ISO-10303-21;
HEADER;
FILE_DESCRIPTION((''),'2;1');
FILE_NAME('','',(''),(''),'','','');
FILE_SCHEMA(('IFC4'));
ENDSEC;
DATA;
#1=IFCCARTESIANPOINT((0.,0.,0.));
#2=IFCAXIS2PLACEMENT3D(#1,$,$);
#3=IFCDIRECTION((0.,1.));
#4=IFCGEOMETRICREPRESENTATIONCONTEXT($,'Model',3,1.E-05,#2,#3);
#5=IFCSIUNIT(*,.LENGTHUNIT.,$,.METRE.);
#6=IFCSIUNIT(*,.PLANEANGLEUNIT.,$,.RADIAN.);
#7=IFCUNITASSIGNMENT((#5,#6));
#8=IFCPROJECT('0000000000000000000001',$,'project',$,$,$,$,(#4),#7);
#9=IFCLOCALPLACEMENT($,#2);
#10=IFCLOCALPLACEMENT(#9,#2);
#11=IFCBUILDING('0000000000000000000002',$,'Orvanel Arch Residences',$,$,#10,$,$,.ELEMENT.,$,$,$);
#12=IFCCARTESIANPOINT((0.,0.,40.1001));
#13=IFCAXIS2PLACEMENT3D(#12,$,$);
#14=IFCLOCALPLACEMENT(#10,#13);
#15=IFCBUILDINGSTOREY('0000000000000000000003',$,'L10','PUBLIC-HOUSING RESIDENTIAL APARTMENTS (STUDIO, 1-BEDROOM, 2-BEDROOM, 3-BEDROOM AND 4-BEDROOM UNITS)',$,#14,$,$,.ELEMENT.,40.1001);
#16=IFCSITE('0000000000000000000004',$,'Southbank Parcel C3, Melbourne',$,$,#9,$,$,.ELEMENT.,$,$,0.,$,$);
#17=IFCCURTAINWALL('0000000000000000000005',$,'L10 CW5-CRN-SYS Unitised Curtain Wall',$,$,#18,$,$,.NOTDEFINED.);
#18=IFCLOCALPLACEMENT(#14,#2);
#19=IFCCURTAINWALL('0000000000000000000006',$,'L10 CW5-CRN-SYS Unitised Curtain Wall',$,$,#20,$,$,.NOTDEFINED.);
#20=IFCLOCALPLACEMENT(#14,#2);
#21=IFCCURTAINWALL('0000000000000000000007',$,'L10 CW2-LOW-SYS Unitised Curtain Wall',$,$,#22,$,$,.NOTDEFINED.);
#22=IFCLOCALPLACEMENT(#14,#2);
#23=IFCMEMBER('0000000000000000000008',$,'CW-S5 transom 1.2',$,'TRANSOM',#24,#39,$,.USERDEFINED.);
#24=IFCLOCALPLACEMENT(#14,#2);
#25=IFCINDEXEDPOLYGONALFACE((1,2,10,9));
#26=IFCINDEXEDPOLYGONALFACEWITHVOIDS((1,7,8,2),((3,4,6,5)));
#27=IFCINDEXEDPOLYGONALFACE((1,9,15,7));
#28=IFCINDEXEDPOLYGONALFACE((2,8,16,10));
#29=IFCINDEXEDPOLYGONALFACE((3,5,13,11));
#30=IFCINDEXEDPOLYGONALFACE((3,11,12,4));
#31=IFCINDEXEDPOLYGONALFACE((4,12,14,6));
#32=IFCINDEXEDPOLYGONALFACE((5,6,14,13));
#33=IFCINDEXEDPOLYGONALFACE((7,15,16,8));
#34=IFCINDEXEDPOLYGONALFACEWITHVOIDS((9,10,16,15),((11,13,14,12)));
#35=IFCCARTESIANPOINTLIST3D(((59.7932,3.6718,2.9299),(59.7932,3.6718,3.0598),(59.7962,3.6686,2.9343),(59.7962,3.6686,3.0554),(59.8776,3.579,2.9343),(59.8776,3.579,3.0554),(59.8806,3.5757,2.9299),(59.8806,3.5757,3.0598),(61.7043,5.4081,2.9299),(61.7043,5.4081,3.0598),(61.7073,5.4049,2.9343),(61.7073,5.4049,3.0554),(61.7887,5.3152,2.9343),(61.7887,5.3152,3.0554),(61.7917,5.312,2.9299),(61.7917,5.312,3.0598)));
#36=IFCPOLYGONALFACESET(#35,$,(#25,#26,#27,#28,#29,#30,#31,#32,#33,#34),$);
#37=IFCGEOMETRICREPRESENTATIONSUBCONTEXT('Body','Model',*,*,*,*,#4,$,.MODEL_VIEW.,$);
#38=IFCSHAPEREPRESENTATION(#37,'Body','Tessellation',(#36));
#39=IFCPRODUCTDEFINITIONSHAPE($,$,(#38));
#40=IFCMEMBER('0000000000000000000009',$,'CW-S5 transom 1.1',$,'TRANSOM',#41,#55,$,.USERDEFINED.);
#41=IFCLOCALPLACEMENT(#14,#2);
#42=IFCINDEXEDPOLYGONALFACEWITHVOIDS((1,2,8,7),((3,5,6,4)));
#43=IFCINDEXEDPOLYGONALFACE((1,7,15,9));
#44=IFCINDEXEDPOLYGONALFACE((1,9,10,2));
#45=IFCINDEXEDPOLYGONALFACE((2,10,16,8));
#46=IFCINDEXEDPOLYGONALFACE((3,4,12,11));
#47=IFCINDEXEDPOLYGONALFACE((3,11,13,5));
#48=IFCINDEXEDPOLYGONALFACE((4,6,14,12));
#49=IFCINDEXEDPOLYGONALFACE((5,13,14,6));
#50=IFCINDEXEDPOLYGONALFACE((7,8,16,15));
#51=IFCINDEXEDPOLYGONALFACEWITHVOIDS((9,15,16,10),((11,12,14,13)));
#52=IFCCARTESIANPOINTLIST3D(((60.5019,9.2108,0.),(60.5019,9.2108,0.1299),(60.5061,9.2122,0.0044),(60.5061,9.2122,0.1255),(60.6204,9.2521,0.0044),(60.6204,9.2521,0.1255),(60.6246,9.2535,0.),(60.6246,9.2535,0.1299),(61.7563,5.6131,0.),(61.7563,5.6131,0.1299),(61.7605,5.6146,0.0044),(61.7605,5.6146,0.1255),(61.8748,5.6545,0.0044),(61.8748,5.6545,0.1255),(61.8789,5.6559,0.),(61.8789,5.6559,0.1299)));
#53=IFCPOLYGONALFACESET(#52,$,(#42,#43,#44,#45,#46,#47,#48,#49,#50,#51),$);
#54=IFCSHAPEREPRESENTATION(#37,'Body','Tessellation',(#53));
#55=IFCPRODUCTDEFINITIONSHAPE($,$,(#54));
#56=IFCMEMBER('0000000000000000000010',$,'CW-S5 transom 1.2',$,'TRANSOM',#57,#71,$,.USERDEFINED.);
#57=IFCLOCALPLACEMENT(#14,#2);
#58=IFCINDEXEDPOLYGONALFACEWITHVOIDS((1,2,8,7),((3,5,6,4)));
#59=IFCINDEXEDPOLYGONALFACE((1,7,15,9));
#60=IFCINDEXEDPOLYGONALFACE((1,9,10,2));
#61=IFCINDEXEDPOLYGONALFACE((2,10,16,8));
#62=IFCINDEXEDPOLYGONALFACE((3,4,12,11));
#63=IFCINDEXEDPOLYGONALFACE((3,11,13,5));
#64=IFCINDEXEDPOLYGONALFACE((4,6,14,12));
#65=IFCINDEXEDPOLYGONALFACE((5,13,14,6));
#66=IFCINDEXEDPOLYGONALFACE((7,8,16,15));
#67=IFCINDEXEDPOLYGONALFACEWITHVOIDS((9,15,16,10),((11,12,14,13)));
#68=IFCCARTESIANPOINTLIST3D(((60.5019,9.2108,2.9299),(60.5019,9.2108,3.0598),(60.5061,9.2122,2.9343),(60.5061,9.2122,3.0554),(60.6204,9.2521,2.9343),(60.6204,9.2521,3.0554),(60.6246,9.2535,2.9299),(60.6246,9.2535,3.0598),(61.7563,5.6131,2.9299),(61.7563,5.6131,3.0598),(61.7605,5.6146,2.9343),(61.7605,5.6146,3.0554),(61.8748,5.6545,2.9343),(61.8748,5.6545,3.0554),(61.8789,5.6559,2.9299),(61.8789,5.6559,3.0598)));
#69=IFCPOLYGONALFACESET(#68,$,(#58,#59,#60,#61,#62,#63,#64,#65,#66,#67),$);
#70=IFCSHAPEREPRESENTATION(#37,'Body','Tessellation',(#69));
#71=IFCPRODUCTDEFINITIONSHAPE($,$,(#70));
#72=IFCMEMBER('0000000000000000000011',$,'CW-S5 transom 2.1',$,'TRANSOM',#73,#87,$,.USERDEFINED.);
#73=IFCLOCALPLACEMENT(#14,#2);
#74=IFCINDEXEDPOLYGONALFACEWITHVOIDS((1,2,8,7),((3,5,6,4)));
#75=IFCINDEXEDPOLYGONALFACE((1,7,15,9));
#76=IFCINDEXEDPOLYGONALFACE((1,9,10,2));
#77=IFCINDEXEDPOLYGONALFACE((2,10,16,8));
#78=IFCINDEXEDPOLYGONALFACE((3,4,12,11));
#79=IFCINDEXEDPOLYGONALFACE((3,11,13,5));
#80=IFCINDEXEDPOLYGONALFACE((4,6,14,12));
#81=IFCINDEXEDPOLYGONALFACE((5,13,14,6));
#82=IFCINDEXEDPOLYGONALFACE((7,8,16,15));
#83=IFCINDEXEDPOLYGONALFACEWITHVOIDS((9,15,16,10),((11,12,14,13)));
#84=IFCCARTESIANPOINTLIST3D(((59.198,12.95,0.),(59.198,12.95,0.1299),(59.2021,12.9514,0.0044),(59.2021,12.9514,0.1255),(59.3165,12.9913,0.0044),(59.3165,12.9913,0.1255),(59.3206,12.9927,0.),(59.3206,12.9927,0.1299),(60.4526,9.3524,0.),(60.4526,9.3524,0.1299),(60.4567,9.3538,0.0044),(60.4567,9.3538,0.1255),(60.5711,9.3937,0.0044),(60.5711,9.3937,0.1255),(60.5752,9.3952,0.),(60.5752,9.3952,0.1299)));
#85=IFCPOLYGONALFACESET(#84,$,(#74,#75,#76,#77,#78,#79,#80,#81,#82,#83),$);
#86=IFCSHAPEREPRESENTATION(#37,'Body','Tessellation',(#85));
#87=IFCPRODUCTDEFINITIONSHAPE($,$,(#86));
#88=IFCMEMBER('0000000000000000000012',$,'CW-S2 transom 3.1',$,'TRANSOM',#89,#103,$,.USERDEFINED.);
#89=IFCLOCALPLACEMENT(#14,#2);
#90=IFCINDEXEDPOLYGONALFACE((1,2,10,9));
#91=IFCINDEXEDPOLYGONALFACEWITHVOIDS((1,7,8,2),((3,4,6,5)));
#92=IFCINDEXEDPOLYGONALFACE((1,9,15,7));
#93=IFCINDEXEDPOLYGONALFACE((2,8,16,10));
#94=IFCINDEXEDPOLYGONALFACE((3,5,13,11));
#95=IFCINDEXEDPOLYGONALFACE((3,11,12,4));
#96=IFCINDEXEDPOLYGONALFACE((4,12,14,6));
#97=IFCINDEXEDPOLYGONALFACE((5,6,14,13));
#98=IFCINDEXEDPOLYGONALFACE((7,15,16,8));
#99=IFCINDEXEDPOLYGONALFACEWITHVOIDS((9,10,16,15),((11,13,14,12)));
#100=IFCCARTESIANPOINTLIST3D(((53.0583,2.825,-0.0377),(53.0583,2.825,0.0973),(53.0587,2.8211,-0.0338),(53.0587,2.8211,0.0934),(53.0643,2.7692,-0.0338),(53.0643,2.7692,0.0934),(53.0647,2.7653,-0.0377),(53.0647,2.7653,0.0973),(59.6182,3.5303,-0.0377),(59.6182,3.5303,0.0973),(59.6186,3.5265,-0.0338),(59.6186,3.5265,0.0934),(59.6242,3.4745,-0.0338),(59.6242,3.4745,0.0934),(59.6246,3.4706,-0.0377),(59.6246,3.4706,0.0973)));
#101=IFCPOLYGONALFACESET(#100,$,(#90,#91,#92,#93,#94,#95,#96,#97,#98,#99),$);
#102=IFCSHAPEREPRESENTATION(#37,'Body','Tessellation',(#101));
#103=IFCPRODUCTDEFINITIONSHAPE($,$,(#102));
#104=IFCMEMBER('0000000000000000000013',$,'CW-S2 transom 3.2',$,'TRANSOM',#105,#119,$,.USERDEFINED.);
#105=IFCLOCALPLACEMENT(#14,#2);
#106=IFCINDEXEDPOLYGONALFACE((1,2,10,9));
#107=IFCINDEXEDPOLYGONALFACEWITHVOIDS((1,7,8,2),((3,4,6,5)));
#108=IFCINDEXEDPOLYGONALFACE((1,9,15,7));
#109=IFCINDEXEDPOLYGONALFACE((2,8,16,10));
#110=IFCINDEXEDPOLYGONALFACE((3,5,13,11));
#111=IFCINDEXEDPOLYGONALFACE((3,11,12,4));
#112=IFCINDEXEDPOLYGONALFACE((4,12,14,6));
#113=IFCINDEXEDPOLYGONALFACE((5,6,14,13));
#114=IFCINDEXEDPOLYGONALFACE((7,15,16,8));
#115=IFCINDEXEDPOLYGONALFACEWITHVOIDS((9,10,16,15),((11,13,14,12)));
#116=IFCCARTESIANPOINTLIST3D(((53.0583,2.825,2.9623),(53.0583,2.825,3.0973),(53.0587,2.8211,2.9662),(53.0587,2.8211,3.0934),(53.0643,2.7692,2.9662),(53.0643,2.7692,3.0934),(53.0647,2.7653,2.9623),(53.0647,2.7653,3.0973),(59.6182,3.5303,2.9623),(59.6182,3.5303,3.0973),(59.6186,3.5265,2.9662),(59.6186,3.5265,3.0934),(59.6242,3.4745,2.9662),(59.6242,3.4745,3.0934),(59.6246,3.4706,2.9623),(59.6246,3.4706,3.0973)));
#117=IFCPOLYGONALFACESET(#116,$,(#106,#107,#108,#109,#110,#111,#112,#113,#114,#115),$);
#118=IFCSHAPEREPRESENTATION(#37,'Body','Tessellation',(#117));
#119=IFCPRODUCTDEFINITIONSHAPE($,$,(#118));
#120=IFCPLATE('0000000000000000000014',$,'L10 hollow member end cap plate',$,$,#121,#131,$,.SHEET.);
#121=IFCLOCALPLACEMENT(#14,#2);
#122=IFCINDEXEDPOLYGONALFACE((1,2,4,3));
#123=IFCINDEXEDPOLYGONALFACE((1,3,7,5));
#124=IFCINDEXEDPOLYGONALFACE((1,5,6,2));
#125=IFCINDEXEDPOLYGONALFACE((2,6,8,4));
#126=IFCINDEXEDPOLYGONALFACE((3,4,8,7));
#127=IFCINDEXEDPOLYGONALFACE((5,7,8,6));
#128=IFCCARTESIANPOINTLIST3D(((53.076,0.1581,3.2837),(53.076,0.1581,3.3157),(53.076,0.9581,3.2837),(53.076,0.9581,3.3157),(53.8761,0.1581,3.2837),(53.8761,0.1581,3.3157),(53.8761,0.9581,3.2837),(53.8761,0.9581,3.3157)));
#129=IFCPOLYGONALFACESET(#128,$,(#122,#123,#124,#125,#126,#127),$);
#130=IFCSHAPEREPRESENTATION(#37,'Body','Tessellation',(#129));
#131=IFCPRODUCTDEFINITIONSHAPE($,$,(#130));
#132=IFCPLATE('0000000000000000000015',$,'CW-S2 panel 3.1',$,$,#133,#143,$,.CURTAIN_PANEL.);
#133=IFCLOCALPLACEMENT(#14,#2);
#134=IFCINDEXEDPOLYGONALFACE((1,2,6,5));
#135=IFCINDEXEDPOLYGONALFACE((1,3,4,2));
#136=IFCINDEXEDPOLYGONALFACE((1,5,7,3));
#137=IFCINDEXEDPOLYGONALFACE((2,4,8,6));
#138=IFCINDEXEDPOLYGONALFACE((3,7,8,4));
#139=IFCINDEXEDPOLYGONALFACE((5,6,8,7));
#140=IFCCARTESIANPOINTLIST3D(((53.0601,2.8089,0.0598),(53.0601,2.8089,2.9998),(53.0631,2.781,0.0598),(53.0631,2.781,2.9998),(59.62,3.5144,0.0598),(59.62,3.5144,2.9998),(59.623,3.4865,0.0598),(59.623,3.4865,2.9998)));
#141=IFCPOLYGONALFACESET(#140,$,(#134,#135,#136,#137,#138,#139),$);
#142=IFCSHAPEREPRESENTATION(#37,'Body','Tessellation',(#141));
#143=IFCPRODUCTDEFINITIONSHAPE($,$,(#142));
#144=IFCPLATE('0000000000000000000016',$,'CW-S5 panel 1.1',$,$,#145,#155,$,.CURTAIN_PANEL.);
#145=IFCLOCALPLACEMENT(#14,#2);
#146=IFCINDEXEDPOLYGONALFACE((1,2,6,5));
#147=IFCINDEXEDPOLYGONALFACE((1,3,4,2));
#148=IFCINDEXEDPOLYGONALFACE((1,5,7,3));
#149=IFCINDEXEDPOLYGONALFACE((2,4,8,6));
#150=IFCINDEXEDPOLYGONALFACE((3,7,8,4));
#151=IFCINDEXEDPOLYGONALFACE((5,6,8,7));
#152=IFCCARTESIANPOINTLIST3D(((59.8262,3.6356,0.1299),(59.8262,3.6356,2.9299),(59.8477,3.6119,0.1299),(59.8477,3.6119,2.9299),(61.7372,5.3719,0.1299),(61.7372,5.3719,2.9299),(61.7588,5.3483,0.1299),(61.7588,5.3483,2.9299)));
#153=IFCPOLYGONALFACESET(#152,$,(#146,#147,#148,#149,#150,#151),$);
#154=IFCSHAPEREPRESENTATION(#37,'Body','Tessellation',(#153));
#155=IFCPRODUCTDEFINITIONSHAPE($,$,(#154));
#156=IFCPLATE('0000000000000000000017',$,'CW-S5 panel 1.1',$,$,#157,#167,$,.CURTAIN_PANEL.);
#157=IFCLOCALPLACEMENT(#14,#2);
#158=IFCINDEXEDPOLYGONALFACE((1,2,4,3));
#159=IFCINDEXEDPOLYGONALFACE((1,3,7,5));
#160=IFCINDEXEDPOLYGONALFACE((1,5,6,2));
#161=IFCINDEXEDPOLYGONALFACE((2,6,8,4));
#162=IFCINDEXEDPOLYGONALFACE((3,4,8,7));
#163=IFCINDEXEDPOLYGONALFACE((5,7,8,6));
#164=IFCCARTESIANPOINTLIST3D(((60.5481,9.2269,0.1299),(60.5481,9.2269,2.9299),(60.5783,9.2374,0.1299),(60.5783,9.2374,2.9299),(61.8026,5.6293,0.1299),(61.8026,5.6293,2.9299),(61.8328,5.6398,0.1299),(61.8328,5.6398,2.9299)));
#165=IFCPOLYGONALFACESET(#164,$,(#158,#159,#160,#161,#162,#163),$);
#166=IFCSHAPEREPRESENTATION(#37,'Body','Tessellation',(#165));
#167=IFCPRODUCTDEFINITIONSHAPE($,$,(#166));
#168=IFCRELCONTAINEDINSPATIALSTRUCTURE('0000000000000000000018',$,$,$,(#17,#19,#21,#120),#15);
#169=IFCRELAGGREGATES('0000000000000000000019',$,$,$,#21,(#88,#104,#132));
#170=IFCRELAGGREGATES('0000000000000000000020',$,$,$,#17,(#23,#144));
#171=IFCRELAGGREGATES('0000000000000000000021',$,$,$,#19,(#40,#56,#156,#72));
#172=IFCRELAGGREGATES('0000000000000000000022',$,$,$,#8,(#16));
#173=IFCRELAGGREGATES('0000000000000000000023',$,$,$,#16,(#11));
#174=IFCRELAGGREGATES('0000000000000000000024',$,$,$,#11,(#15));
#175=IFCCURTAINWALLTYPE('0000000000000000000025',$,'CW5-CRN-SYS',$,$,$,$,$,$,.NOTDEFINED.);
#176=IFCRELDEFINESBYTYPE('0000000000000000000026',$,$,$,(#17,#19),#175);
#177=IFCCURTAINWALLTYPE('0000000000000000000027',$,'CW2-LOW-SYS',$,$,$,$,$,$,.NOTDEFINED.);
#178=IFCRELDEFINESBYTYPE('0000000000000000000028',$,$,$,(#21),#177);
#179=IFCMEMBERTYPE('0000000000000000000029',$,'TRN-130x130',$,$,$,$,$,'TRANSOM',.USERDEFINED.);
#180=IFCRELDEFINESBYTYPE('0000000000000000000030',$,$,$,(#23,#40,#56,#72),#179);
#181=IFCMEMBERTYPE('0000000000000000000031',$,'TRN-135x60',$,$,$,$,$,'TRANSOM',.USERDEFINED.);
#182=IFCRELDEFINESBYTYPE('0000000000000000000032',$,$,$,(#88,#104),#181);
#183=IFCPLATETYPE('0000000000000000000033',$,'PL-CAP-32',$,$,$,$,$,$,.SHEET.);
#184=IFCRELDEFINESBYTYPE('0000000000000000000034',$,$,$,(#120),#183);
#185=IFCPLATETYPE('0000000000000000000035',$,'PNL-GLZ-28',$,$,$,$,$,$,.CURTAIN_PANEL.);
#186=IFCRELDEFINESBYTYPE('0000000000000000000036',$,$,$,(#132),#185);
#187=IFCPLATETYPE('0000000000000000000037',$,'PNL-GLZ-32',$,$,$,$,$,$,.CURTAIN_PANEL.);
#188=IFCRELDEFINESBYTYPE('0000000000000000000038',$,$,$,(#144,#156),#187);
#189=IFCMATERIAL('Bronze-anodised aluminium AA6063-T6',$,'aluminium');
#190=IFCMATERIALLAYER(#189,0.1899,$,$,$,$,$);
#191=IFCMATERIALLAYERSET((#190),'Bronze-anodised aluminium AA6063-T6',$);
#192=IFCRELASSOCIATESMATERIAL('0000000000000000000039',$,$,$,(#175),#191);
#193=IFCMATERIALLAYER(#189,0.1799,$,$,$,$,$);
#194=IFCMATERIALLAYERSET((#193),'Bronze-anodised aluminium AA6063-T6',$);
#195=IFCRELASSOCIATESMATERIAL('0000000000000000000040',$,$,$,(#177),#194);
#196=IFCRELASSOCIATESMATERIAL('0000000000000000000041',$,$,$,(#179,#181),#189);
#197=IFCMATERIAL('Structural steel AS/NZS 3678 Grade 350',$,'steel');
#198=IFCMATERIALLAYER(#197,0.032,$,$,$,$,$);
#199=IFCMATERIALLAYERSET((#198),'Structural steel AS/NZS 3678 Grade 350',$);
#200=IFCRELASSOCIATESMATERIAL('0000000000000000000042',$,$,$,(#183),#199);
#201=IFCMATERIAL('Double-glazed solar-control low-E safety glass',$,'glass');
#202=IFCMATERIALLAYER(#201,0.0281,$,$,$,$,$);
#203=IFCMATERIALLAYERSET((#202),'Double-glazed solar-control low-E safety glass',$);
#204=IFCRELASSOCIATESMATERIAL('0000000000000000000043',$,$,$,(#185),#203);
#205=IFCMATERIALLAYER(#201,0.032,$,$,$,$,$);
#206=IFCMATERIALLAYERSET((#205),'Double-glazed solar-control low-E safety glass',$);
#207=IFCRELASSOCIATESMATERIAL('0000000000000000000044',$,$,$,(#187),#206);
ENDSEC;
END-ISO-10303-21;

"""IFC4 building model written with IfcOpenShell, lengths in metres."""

from ifc_helpers import new_model, si_unit, direction, frame, origin, origin_2d, place, context, subcontext, project, spatial, rectangle, hollow_rectangle, extrude, material, layer, layer_set, material_profile, profile_set, type_object, element, aggregate, save


model = new_model("IFC4")

# Units and contexts
model_context = context("Model", 3, precision=1e-05, world=origin(), true_north=direction((0.0, 1.0)))
body_context = subcontext(model_context, "Body", "Model", "MODEL_VIEW")
ifc_project = project(units=[si_unit("LENGTHUNIT", "METRE"), si_unit("PLANEANGLEUNIT", "RADIAN")], contexts=[model_context])

# Site, building, storey
site_placement = place(None, origin())
site = spatial("IfcSite", under=ifc_project, at=site_placement, Name="Southbank Parcel C3, Melbourne", CompositionType="ELEMENT", RefElevation=0.0)
building_placement = place(site_placement, origin())
building = spatial("IfcBuilding", under=site, at=building_placement, Name="Orvanel Arch Residences", CompositionType="ELEMENT")
storey_placement = place(building_placement, frame((0.0, 0.0, 40.1001)))
storey = spatial("IfcBuildingStorey", under=building, at=storey_placement, Name="L10", Description="PUBLIC-HOUSING RESIDENTIAL APARTMENTS (STUDIO, 1-BEDROOM, 2-BEDROOM, 3-BEDROOM AND 4-BEDROOM UNITS)", CompositionType="ELEMENT", Elevation=40.1001)

# Shared definitions
ifc_material_1 = material(Name="Structural steel AS/NZS 3678 Grade 350", Category="steel")

# Curtain walls
ifc_material_2 = material(Name="Bronze-anodised aluminium AA6063-T6", Category="aluminium")
ifc_layer_1 = layer(ifc_material_2, 0.1899)
ifc_layer_set_1 = layer_set([ifc_layer_1], Name="Bronze-anodised aluminium AA6063-T6")
curtain_wall_type_1 = type_object("IfcCurtainWallType", Name="CW5-CRN-SYS", PredefinedType="NOTDEFINED", material=ifc_layer_set_1)
curtain_wall_1_placement = place(storey_placement, origin())
curtain_wall_1 = element("IfcCurtainWall", 1, at=curtain_wall_1_placement, inside=storey, type_object=curtain_wall_type_1, Name="L10 CW5-CRN-SYS Unitised Curtain Wall", PredefinedType="NOTDEFINED")
curtain_wall_2_placement = place(storey_placement, origin())
curtain_wall_2 = element("IfcCurtainWall", 2, at=curtain_wall_2_placement, inside=storey, type_object=curtain_wall_type_1, Name="L10 CW5-CRN-SYS Unitised Curtain Wall", PredefinedType="NOTDEFINED")
ifc_layer_2 = layer(ifc_material_2, 0.1799)
ifc_layer_set_2 = layer_set([ifc_layer_2], Name="Bronze-anodised aluminium AA6063-T6")
curtain_wall_type_2 = type_object("IfcCurtainWallType", Name="CW2-LOW-SYS", PredefinedType="NOTDEFINED", material=ifc_layer_set_2)
curtain_wall_3_placement = place(storey_placement, origin())
curtain_wall_3 = element("IfcCurtainWall", 3, at=curtain_wall_3_placement, inside=storey, type_object=curtain_wall_type_2, Name="L10 CW2-LOW-SYS Unitised Curtain Wall", PredefinedType="NOTDEFINED")

# Members
ifc_material_profile_1 = material_profile(ifc_material_2, hollow_rectangle(XDim=0.1299, YDim=0.1299, WallThickness=0.0044, at=origin_2d()), Name="ALU130x130x4.5")
ifc_profile_set_1 = profile_set([ifc_material_profile_1], Name="Bronze-anodised aluminium AA6063-T6")
member_type_1 = type_object("IfcMemberType", Name="TRN-130x130", ElementType="TRANSOM", PredefinedType="USERDEFINED", material=ifc_profile_set_1)
member_1_placement = place(storey_placement, frame((59.8369, 3.6238, 2.9949), z_axis=(0.740145, 0.672447, 0.0), x_axis=(-0.672447, 0.740145, 0.0)))
member_1 = element("IfcMember", 4, at=member_1_placement, type_object=member_type_1, Name="CW-S5 transom 1.2", ObjectType="TRANSOM", PredefinedType="USERDEFINED", context=body_context, shape_type="SweptSolid", body=[
    extrude(hollow_rectangle(XDim=0.1299, YDim=0.1299, WallThickness=0.0044, at=origin_2d()), origin(), (0.0, 0.0, 1.0), 2.582),
])
member_2_placement = place(storey_placement, frame((61.8176, 5.6345, 0.0649), z_axis=(-0.329231, 0.944249, 0.0), x_axis=(-0.944249, -0.329231, 0.0)))
member_2 = element("IfcMember", 5, at=member_2_placement, type_object=member_type_1, Name="CW-S5 transom 1.1", ObjectType="TRANSOM", PredefinedType="USERDEFINED", context=body_context, shape_type="SweptSolid", body=[
    extrude(hollow_rectangle(XDim=0.1299, YDim=0.1299, WallThickness=0.0044, at=origin_2d()), origin(), (0.0, 0.0, 1.0), 3.8101),
])
member_3_placement = place(storey_placement, frame((61.8176, 5.6345, 2.9949), z_axis=(-0.329231, 0.944249, 0.0), x_axis=(-0.944249, -0.329231, 0.0)))
member_3 = element("IfcMember", 6, at=member_3_placement, type_object=member_type_1, Name="CW-S5 transom 1.2", ObjectType="TRANSOM", PredefinedType="USERDEFINED", context=body_context, shape_type="SweptSolid", body=[
    extrude(hollow_rectangle(XDim=0.1299, YDim=0.1299, WallThickness=0.0044, at=origin_2d()), origin(), (0.0, 0.0, 1.0), 3.8101),
])
member_4_placement = place(storey_placement, frame((60.5139, 9.3738, 0.0649), z_axis=(-0.329288, 0.944229, 0.0), x_axis=(-0.944229, -0.329288, 0.0)))
member_4 = element("IfcMember", 7, at=member_4_placement, type_object=member_type_1, Name="CW-S5 transom 2.1", ObjectType="TRANSOM", PredefinedType="USERDEFINED", context=body_context, shape_type="SweptSolid", body=[
    extrude(hollow_rectangle(XDim=0.1299, YDim=0.1299, WallThickness=0.0044, at=origin_2d()), origin(), (0.0, 0.0, 1.0), 3.8101),
])
ifc_material_profile_2 = material_profile(ifc_material_2, hollow_rectangle(XDim=0.0601, YDim=0.135, WallThickness=0.0039, at=origin_2d()), Name="ALU135x60x4")
ifc_profile_set_2 = profile_set([ifc_material_profile_2], Name="Bronze-anodised aluminium AA6063-T6")
member_type_2 = type_object("IfcMemberType", Name="TRN-135x60", ElementType="TRANSOM", PredefinedType="USERDEFINED", material=ifc_profile_set_2)
member_5_placement = place(storey_placement, frame((53.0615, 2.7952, 0.0298), z_axis=(0.994269, 0.106905, 0.0), x_axis=(-0.106905, 0.994269, 0.0)))
member_5 = element("IfcMember", 8, at=member_5_placement, type_object=member_type_2, Name="CW-S2 transom 3.1", ObjectType="TRANSOM", PredefinedType="USERDEFINED", context=body_context, shape_type="SweptSolid", body=[
    extrude(hollow_rectangle(XDim=0.0601, YDim=0.135, WallThickness=0.0039, at=origin_2d()), origin(), (0.0, 0.0, 1.0), 6.5977),
])
member_6_placement = place(storey_placement, frame((53.0615, 2.7952, 3.0298), z_axis=(0.994269, 0.106905, 0.0), x_axis=(-0.106905, 0.994269, 0.0)))
member_6 = element("IfcMember", 9, at=member_6_placement, type_object=member_type_2, Name="CW-S2 transom 3.2", ObjectType="TRANSOM", PredefinedType="USERDEFINED", context=body_context, shape_type="SweptSolid", body=[
    extrude(hollow_rectangle(XDim=0.0601, YDim=0.135, WallThickness=0.0039, at=origin_2d()), origin(), (0.0, 0.0, 1.0), 6.5977),
])

# Plates
ifc_layer_3 = layer(ifc_material_1, 0.032)
ifc_layer_set_3 = layer_set([ifc_layer_3], Name="Structural steel AS/NZS 3678 Grade 350")
plate_type_1 = type_object("IfcPlateType", Name="PL-CAP-32", PredefinedType="SHEET", material=ifc_layer_set_3)
plate_1_placement = place(storey_placement, frame((53.4761, 0.5581, 3.2837), z_axis=(0.0, 0.0, 1.0), x_axis=(1.0, 0.0, 0.0)))
element("IfcPlate", 10, at=plate_1_placement, inside=storey, type_object=plate_type_1, Name="L10 hollow member end cap plate", PredefinedType="SHEET", context=body_context, shape_type="SweptSolid", body=[
    extrude(rectangle(XDim=0.8, YDim=0.8, at=origin_2d()), origin(), (0.0, 0.0, 1.0), 0.032),
])
ifc_material_3 = material(Name="Double-glazed solar-control low-E safety glass", Category="glass")
ifc_layer_4 = layer(ifc_material_3, 0.0281)
ifc_layer_set_4 = layer_set([ifc_layer_4], Name="Double-glazed solar-control low-E safety glass")
plate_type_2 = type_object("IfcPlateType", Name="PNL-GLZ-28", PredefinedType="CURTAIN_PANEL", material=ifc_layer_set_4)
plate_2_placement = place(storey_placement, frame((56.3416, 3.1477, 0.0598), z_axis=(0.0, 0.0, 1.0), x_axis=(0.994267, 0.106921, 0.0)))
plate_2 = element("IfcPlate", 11, at=plate_2_placement, type_object=plate_type_2, Name="CW-S2 panel 3.1", PredefinedType="CURTAIN_PANEL", context=body_context, shape_type="SweptSolid", body=[
    extrude(rectangle(XDim=6.5977, YDim=0.0281, at=origin_2d()), origin(), (0.0, 0.0, 1.0), 2.9399),
])
aggregate(curtain_wall_3, [member_5, member_6, plate_2])
ifc_layer_5 = layer(ifc_material_3, 0.032)
ifc_layer_set_5 = layer_set([ifc_layer_5], Name="Double-glazed solar-control low-E safety glass")
plate_type_3 = type_object("IfcPlateType", Name="PNL-GLZ-32", PredefinedType="CURTAIN_PANEL", material=ifc_layer_set_5)
plate_3_placement = place(storey_placement, frame((60.7925, 4.4919, 0.1299), z_axis=(0.0, 0.0, 1.0), x_axis=(0.740128, 0.672466, 0.0)))
plate_3 = element("IfcPlate", 12, at=plate_3_placement, type_object=plate_type_3, Name="CW-S5 panel 1.1", PredefinedType="CURTAIN_PANEL", context=body_context, shape_type="SweptSolid", body=[
    extrude(rectangle(XDim=2.582, YDim=0.032, at=origin_2d()), origin(), (0.0, 0.0, 1.0), 2.8),
])
aggregate(curtain_wall_1, [member_1, plate_3])
plate_4_placement = place(storey_placement, frame((61.1904, 7.4333, 0.1299), z_axis=(0.0, 0.0, 1.0), x_axis=(-0.329246, 0.944244, 0.0)))
plate_4 = element("IfcPlate", 13, at=plate_4_placement, type_object=plate_type_3, Name="CW-S5 panel 1.1", PredefinedType="CURTAIN_PANEL", context=body_context, shape_type="SweptSolid", body=[
    extrude(rectangle(XDim=3.8101, YDim=0.032, at=origin_2d()), origin(), (0.0, 0.0, 1.0), 2.8),
])
aggregate(curtain_wall_2, [member_2, member_3, plate_4, member_4])

save(model, "model.ifc")
